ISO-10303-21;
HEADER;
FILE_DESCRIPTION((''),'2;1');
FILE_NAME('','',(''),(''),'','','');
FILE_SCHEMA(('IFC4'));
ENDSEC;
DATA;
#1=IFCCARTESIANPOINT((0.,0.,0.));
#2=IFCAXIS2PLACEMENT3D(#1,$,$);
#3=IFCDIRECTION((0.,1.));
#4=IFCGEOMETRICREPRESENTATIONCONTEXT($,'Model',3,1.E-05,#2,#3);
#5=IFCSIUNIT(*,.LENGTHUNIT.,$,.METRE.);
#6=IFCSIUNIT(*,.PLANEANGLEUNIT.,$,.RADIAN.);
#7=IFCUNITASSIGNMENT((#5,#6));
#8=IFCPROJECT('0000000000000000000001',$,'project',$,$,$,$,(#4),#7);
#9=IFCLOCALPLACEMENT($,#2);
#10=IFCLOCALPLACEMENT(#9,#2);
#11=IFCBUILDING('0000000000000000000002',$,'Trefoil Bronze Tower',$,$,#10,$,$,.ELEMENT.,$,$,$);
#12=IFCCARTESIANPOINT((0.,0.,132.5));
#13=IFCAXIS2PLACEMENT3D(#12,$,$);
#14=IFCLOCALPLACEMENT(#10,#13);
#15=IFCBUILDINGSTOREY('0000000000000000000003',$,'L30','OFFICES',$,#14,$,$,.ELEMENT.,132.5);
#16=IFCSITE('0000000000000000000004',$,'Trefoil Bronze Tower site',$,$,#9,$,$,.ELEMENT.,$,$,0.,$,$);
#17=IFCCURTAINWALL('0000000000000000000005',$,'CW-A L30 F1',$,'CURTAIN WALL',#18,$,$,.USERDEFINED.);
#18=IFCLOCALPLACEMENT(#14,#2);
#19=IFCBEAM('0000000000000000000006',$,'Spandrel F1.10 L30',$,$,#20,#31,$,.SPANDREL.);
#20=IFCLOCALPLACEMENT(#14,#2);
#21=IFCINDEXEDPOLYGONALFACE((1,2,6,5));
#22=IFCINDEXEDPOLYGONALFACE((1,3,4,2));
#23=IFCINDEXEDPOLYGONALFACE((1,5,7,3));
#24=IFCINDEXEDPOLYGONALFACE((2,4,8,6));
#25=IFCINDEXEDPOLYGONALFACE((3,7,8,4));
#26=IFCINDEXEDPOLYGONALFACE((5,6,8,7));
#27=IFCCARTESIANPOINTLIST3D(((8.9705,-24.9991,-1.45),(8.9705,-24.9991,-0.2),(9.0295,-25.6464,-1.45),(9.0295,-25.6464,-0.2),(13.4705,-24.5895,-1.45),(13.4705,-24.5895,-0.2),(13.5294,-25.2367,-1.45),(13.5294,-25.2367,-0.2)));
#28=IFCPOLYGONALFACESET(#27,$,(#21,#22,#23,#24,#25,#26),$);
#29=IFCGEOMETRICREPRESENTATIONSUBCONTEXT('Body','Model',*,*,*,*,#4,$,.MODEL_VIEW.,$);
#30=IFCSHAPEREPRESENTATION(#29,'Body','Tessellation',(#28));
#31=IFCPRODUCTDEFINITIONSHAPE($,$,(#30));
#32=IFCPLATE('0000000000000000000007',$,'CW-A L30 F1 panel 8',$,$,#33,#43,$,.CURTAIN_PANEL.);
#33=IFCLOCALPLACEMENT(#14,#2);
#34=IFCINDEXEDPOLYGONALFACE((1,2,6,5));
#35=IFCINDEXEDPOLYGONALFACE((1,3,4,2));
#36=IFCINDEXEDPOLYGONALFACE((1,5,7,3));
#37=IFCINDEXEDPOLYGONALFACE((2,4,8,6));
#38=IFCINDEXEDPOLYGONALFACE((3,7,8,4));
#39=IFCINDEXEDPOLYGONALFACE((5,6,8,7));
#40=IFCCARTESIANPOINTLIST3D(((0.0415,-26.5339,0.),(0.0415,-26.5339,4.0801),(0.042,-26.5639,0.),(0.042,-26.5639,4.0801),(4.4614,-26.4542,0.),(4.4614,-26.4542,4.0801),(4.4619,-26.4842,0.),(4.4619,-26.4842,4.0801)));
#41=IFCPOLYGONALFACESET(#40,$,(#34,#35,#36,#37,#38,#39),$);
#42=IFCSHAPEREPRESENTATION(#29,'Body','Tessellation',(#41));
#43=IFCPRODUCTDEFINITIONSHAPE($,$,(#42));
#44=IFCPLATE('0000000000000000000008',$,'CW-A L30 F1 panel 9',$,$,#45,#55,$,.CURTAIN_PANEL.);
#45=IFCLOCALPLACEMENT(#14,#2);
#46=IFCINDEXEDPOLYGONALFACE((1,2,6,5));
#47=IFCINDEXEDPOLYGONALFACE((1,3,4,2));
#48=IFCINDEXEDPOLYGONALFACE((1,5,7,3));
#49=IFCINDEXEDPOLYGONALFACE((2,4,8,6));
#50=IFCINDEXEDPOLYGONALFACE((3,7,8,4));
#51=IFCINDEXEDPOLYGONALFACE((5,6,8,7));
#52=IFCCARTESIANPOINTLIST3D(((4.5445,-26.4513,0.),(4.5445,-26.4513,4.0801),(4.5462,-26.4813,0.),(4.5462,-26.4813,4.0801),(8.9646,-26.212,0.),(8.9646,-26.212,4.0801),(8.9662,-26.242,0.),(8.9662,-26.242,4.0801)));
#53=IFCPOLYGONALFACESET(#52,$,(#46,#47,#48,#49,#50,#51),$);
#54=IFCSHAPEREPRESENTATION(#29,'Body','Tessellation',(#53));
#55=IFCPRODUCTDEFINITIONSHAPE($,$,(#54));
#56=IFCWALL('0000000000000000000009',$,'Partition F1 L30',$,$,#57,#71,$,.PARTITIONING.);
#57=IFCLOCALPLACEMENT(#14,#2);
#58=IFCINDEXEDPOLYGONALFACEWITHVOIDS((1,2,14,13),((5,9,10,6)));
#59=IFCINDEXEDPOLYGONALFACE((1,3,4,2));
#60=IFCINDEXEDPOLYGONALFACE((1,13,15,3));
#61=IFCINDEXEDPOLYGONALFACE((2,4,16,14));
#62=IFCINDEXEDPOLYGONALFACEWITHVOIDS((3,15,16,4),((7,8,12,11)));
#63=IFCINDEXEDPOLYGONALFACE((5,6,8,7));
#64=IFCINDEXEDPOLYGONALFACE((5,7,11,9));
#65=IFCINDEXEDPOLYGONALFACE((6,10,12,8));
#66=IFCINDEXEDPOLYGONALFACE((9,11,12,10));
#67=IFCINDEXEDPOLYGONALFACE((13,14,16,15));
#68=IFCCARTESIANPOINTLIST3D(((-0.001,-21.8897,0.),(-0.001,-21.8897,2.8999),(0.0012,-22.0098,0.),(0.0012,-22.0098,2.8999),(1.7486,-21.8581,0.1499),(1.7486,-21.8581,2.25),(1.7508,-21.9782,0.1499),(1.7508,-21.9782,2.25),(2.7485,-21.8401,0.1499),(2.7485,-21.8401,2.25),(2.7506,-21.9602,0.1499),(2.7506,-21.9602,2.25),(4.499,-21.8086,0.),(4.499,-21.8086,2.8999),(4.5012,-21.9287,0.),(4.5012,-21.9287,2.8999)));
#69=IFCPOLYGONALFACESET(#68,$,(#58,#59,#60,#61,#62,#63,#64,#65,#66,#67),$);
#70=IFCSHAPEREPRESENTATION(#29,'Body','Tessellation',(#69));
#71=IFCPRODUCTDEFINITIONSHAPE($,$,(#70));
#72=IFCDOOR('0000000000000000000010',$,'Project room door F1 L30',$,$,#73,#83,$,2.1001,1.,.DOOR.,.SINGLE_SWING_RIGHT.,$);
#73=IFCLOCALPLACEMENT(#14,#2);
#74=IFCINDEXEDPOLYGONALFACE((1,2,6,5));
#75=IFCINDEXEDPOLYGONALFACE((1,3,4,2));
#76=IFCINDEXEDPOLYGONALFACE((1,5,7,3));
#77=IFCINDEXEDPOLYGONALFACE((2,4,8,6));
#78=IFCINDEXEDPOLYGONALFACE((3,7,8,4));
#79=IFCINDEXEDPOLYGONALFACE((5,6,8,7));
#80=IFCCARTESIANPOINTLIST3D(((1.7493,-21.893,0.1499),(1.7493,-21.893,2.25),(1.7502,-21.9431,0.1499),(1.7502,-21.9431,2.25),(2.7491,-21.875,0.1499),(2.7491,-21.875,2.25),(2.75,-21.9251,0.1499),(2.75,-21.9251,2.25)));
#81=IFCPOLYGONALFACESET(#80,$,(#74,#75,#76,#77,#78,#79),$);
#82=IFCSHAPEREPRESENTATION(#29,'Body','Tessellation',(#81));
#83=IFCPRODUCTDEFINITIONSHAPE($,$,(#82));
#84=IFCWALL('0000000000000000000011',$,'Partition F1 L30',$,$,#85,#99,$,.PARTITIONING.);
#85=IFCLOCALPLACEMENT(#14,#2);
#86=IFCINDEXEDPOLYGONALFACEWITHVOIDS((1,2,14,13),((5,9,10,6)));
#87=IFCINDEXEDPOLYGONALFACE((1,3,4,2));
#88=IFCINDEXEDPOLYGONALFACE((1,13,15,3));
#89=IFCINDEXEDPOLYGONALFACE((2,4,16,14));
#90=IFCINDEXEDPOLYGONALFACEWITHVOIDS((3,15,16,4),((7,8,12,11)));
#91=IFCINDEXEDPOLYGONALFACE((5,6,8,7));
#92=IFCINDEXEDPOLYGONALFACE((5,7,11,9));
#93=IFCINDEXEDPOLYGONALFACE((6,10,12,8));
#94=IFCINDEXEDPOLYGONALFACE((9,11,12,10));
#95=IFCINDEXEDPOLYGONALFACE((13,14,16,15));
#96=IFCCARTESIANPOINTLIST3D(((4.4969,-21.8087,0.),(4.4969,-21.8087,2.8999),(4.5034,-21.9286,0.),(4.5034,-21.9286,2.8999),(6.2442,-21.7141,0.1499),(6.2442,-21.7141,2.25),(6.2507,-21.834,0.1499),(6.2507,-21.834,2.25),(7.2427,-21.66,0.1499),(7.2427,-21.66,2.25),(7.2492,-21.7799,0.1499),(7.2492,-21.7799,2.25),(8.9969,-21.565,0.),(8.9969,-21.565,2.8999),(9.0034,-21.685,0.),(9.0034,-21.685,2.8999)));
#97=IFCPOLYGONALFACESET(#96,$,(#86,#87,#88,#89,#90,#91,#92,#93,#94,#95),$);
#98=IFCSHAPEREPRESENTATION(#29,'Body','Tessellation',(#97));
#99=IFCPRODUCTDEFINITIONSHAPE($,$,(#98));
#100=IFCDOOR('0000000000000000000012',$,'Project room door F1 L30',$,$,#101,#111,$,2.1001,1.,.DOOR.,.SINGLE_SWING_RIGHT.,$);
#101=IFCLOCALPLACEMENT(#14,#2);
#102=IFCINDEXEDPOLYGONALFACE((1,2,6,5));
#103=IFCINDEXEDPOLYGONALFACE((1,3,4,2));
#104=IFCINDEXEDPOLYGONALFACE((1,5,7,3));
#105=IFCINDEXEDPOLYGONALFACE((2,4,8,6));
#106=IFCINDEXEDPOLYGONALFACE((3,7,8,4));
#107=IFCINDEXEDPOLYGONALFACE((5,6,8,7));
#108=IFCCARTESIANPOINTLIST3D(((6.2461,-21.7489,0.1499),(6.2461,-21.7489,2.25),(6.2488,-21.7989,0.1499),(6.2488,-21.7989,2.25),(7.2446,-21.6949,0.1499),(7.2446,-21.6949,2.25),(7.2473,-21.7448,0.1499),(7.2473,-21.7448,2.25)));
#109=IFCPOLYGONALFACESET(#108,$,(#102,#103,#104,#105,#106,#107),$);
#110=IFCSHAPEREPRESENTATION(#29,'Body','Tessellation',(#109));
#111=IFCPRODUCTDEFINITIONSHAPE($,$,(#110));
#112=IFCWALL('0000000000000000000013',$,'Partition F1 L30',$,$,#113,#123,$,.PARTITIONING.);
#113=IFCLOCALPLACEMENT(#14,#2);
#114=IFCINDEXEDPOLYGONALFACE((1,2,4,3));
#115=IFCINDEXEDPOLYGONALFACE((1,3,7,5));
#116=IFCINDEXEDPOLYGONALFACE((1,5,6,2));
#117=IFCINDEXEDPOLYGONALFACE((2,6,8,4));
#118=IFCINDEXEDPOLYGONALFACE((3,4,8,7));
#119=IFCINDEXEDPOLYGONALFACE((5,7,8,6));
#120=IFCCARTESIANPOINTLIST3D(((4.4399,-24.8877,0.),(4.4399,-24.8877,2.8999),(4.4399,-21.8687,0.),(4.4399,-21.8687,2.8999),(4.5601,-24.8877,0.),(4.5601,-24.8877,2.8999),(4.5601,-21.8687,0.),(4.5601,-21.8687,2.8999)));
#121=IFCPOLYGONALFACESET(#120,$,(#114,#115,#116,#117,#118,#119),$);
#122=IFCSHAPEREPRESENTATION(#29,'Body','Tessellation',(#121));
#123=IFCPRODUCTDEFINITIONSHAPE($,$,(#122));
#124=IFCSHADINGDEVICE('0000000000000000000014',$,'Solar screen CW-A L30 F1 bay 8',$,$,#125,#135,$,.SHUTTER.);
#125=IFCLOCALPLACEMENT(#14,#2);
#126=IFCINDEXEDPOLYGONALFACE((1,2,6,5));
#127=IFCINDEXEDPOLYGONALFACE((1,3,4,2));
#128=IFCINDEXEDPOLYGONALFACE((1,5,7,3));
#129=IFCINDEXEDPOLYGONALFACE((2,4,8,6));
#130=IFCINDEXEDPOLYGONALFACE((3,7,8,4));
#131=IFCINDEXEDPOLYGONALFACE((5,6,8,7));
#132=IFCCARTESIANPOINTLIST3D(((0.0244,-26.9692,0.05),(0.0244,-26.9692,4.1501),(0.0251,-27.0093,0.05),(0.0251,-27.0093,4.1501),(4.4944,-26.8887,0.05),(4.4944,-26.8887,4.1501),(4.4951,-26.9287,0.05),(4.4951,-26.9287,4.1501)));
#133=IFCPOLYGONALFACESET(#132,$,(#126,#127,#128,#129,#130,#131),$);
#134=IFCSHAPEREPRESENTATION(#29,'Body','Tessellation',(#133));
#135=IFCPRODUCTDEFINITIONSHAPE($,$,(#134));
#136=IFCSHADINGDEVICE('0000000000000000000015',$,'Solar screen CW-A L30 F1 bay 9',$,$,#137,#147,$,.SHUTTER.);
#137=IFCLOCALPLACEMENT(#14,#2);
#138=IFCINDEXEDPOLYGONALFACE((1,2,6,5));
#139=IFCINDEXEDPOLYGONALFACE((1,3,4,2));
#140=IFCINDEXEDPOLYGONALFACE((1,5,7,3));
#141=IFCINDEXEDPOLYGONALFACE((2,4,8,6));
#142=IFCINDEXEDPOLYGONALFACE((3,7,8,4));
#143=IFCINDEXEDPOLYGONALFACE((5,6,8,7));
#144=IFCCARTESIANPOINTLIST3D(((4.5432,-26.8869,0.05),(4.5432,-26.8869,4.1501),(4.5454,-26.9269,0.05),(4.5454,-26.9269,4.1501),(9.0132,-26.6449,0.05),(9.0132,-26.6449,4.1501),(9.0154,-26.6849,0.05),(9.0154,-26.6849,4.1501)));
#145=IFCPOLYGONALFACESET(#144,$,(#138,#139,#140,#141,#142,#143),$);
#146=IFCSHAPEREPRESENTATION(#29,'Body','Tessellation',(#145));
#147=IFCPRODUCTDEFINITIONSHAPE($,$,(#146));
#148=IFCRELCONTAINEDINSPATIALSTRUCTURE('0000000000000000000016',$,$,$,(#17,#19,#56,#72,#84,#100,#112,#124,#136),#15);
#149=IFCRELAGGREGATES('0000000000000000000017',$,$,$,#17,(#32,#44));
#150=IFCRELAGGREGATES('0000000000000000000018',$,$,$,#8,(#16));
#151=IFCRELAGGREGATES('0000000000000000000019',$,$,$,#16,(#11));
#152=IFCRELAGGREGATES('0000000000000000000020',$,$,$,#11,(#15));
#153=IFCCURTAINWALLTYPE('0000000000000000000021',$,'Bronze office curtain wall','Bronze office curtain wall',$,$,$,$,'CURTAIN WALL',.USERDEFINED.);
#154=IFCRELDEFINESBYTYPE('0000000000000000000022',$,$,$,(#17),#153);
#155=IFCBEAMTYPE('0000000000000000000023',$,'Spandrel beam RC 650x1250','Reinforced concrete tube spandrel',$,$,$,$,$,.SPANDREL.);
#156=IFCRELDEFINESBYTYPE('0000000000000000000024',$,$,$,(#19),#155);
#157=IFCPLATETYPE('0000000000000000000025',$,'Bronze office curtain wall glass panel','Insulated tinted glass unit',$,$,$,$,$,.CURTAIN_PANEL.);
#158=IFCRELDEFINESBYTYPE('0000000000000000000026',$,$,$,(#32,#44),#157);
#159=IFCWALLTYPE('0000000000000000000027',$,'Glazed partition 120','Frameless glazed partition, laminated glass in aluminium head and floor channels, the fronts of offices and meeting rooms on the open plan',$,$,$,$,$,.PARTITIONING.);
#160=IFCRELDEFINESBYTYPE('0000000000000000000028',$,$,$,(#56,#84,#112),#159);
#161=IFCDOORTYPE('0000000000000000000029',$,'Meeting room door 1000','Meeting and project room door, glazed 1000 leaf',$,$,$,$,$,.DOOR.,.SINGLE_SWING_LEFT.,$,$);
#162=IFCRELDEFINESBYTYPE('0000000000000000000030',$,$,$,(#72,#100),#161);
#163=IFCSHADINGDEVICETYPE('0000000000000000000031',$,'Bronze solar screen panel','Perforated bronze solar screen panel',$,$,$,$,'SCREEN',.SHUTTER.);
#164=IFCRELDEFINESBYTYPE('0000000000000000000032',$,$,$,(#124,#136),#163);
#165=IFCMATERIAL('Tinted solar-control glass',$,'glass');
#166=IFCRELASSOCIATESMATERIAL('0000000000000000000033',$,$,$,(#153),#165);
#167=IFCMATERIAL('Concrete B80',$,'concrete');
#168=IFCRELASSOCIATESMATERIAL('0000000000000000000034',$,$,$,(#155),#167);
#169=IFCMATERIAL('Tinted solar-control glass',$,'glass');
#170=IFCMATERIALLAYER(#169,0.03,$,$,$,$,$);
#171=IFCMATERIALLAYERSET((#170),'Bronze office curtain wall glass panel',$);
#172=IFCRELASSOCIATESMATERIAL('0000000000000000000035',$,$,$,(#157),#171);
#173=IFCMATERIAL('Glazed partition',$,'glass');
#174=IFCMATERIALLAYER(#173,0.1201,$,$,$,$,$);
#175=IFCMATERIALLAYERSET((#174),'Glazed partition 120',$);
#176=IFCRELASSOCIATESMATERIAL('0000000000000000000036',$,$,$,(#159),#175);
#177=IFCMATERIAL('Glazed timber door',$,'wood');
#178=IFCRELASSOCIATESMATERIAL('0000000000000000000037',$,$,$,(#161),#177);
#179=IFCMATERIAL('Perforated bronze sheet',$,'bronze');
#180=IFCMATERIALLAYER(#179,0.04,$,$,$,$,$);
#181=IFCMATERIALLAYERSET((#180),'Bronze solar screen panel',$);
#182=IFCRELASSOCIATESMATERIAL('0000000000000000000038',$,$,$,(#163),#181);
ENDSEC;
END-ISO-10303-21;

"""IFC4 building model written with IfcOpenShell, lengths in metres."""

from ifc_helpers import new_model, si_unit, direction, frame, frame_2d, origin, origin_2d, place, context, subcontext, project, spatial, rectangle, extrude, material, layer, layer_set, material_profile, profile_set, type_object, element, fill, aggregate, save


model = new_model("IFC4")

# Units and contexts
model_context = context("Model", 3, precision=1e-05, world=origin(), true_north=direction((0.0, 1.0)))
body_context = subcontext(model_context, "Body", "Model", "MODEL_VIEW")
ifc_project = project(units=[si_unit("LENGTHUNIT", "METRE"), si_unit("PLANEANGLEUNIT", "RADIAN")], contexts=[model_context])

# Site, building, storey
site_placement = place(None, origin())
site = spatial("IfcSite", under=ifc_project, at=site_placement, Name="Trefoil Bronze Tower site", CompositionType="ELEMENT", RefElevation=0.0)
building_placement = place(site_placement, origin())
building = spatial("IfcBuilding", under=site, at=building_placement, Name="Trefoil Bronze Tower", CompositionType="ELEMENT")
storey_placement = place(building_placement, frame((0.0, 0.0, 132.5)))
storey = spatial("IfcBuildingStorey", under=building, at=storey_placement, Name="L30", Description="OFFICES", CompositionType="ELEMENT", Elevation=132.5)

# Curtain wall
ifc_material_1 = material(Name="Tinted solar-control glass", Category="glass")
curtain_wall_type = type_object("IfcCurtainWallType", Name="Bronze office curtain wall", Description="Bronze office curtain wall", ElementType="CURTAIN WALL", PredefinedType="USERDEFINED", material=ifc_material_1)
curtain_wall_placement = place(storey_placement, origin())
curtain_wall = element("IfcCurtainWall", 1, at=curtain_wall_placement, inside=storey, type_object=curtain_wall_type, Name="CW-A L30 F1", ObjectType="CURTAIN WALL", PredefinedType="USERDEFINED")

# Beam
ifc_material_2 = material(Name="Concrete B80", Category="concrete")
ifc_material_profile_1 = material_profile(ifc_material_2, rectangle(XDim=0.6499, YDim=1.25, at=origin_2d()), Name="RC 650x1250")
ifc_profile_set_1 = profile_set([ifc_material_profile_1], Name="Concrete B80")
beam_type_1 = type_object("IfcBeamType", Name="Spandrel beam RC 650x1250", Description="Reinforced concrete tube spandrel", PredefinedType="SPANDREL", material=ifc_profile_set_1)
beam_1_placement = place(storey_placement, frame((9.0, -25.3228, -0.825), z_axis=(0.995882, 0.090662, 0.0), x_axis=(-0.090662, 0.995882, 0.0)))
element("IfcBeam", 2, at=beam_1_placement, inside=storey, type_object=beam_type_1, Name="Spandrel F1.10 L30", PredefinedType="SPANDREL", context=body_context, shape_type="SweptSolid", body=[
    extrude(rectangle(XDim=0.6499, YDim=1.25, at=origin_2d()), origin(), (0.0, 0.0, 1.0), 4.5186),
])

# Plates
ifc_material_3 = material(Name="Tinted solar-control glass", Category="glass")
ifc_layer_1 = layer(ifc_material_3, 0.03)
ifc_layer_set_1 = layer_set([ifc_layer_1], Name="Bronze office curtain wall glass panel")
plate_type = type_object("IfcPlateType", Name="Bronze office curtain wall glass panel", Description="Insulated tinted glass unit", PredefinedType="CURTAIN_PANEL", material=ifc_layer_set_1)
plate_1_placement = place(storey_placement, frame((2.2517, -26.509, 0.0), z_axis=(0.0, 0.0, 1.0), x_axis=(0.999838, 0.018021, 0.0)))
plate_1 = element("IfcPlate", 3, at=plate_1_placement, type_object=plate_type, Name="CW-A L30 F1 panel 8", PredefinedType="CURTAIN_PANEL", context=body_context, shape_type="SweptSolid", body=[
    extrude(rectangle(XDim=4.4207, YDim=0.03, at=origin_2d()), origin(), (0.0, 0.0, 1.0), 4.0801),
])
plate_2_placement = place(storey_placement, frame((6.7554, -26.3467, 0.0), z_axis=(0.0, 0.0, 1.0), x_axis=(0.998538, 0.054063, 0.0)))
plate_2 = element("IfcPlate", 4, at=plate_2_placement, type_object=plate_type, Name="CW-A L30 F1 panel 9", PredefinedType="CURTAIN_PANEL", context=body_context, shape_type="SweptSolid", body=[
    extrude(rectangle(XDim=4.4265, YDim=0.03, at=origin_2d()), origin(), (0.0, 0.0, 1.0), 4.0801),
])
aggregate(curtain_wall, [plate_1, plate_2])

# Walls, openings, doors
ifc_material_4 = material(Name="Glazed partition", Category="glass")
ifc_layer_2 = layer(ifc_material_4, 0.1201)
ifc_layer_set_2 = layer_set([ifc_layer_2], Name="Glazed partition 120")
wall_type = type_object("IfcWallType", Name="Glazed partition 120", Description="Frameless glazed partition, laminated glass in aluminium head and floor channels, the fronts of offices and meeting rooms on the open plan", PredefinedType="PARTITIONING", material=ifc_layer_set_2)
wall_1_placement = place(storey_placement, frame((0.0, -21.9497, 0.0), z_axis=(0.0, 0.0, 1.0), x_axis=(0.999838, 0.018009, 0.0)))
wall_1 = element("IfcWall", 5, at=wall_1_placement, inside=storey, type_object=wall_type, Name="Partition F1 L30", PredefinedType="PARTITIONING", context=body_context, shape_type="SweptSolid", body=[
    extrude(rectangle(XDim=4.5007, YDim=0.1201, at=frame_2d((2.2505, 0.0))), origin(), (0.0, 0.0, 1.0), 2.8999),
])
opening_1_placement = place(wall_1_placement, frame((1.75, 0.0, 0.1499)))
opening_1 = element("IfcOpeningElement", 6, at=opening_1_placement, cuts=wall_1, PredefinedType="OPENING", context=body_context, shape_type="SweptSolid", body=[
    extrude(rectangle(XDim=1.0, YDim=2.1001, at=frame_2d((0.5, 1.05))), frame((0.0, 0.0701, 0.0), z_axis=(0.0, -1.0, 0.0), x_axis=(1.0, 0.0, 0.0)), (0.0, 0.0, 1.0), 0.1401),
])
ifc_material_5 = material(Name="Glazed timber door", Category="wood")
door_type = type_object("IfcDoorType", Name="Meeting room door 1000", Description="Meeting and project room door, glazed 1000 leaf", OperationType="SINGLE_SWING_LEFT", PredefinedType="DOOR", material=ifc_material_5)
door_1_placement = place(opening_1_placement, frame((1.0, 0.0, 0.0), z_axis=(0.0, 0.0, 1.0), x_axis=(-1.0, 0.0, 0.0)))
door_1 = element("IfcDoor", 7, at=door_1_placement, inside=storey, type_object=door_type, Name="Project room door F1 L30", OperationType="SINGLE_SWING_RIGHT", OverallHeight=2.1001, OverallWidth=1.0, PredefinedType="DOOR", context=body_context, shape_type="SweptSolid", body=[
    extrude(rectangle(XDim=1.0, YDim=2.1001, at=frame_2d((0.5, 1.05))), frame((0.0, 0.0249, 0.0), z_axis=(0.0, -1.0, 0.0), x_axis=(1.0, 0.0, 0.0)), (0.0, 0.0, 1.0), 0.05),
])
fill(opening_1, door_1)
wall_2_placement = place(storey_placement, frame((4.5, -21.8687, 0.0), z_axis=(0.0, 0.0, 1.0), x_axis=(0.998537, 0.054066, 0.0)))
wall_2 = element("IfcWall", 8, at=wall_2_placement, inside=storey, type_object=wall_type, Name="Partition F1 L30", PredefinedType="PARTITIONING", context=body_context, shape_type="SweptSolid", body=[
    extrude(rectangle(XDim=4.5066, YDim=0.1201, at=frame_2d((2.2534, 0.0))), origin(), (0.0, 0.0, 1.0), 2.8999),
])
opening_2_placement = place(wall_2_placement, frame((1.75, 0.0, 0.1499)))
opening_2 = element("IfcOpeningElement", 9, at=opening_2_placement, cuts=wall_2, PredefinedType="OPENING", context=body_context, shape_type="SweptSolid", body=[
    extrude(rectangle(XDim=1.0, YDim=2.1001, at=frame_2d((0.5, 1.05))), frame((0.0, 0.0701, 0.0), z_axis=(0.0, -1.0, 0.0), x_axis=(1.0, 0.0, 0.0)), (0.0, 0.0, 1.0), 0.1401),
])
door_2_placement = place(opening_2_placement, frame((1.0, 0.0, 0.0), z_axis=(0.0, 0.0, 1.0), x_axis=(-1.0, 0.0, 0.0)))
door_2 = element("IfcDoor", 10, at=door_2_placement, inside=storey, type_object=door_type, Name="Project room door F1 L30", OperationType="SINGLE_SWING_RIGHT", OverallHeight=2.1001, OverallWidth=1.0, PredefinedType="DOOR", context=body_context, shape_type="SweptSolid", body=[
    extrude(rectangle(XDim=1.0, YDim=2.1001, at=frame_2d((0.5, 1.05))), frame((0.0, 0.0249, 0.0), z_axis=(0.0, -1.0, 0.0), x_axis=(1.0, 0.0, 0.0)), (0.0, 0.0, 1.0), 0.05),
])
fill(opening_2, door_2)

# Wall
wall_3_placement = place(storey_placement, frame((4.5, -21.8687, 0.0), z_axis=(0.0, 0.0, 1.0), x_axis=(0.0, -1.0, 0.0)))
element("IfcWall", 11, at=wall_3_placement, inside=storey, type_object=wall_type, Name="Partition F1 L30", PredefinedType="PARTITIONING", context=body_context, shape_type="SweptSolid", body=[
    extrude(rectangle(XDim=3.019, YDim=0.1201, at=frame_2d((1.5095, 0.0))), origin(), (0.0, 0.0, 1.0), 2.8999),
])

# Shading devices
ifc_material_6 = material(Name="Perforated bronze sheet", Category="bronze")
ifc_layer_3 = layer(ifc_material_6, 0.04)
ifc_layer_set_3 = layer_set([ifc_layer_3], Name="Bronze solar screen panel")
shading_device_type = type_object("IfcShadingDeviceType", Name="Bronze solar screen panel", Description="Perforated bronze solar screen panel", ElementType="SCREEN", PredefinedType="SHUTTER", material=ifc_layer_set_3)
shading_device_1_placement = place(storey_placement, frame((2.2598, -26.949, 0.05), z_axis=(0.0, 0.0, 1.0), x_axis=(0.999838, 0.018021, 0.0)))
element("IfcShadingDevice", 12, at=shading_device_1_placement, inside=storey, type_object=shading_device_type, Name="Solar screen CW-A L30 F1 bay 8", PredefinedType="SHUTTER", context=body_context, shape_type="SweptSolid", body=[
    extrude(rectangle(XDim=4.4707, YDim=0.04, at=origin_2d()), origin(), (0.0, 0.0, 1.0), 4.1001),
])
shading_device_2_placement = place(storey_placement, frame((6.7793, -26.7859, 0.05), z_axis=(0.0, 0.0, 1.0), x_axis=(0.998538, 0.054063, 0.0)))
element("IfcShadingDevice", 13, at=shading_device_2_placement, inside=storey, type_object=shading_device_type, Name="Solar screen CW-A L30 F1 bay 9", PredefinedType="SHUTTER", context=body_context, shape_type="SweptSolid", body=[
    extrude(rectangle(XDim=4.4766, YDim=0.04, at=origin_2d()), origin(), (0.0, 0.0, 1.0), 4.1001),
])

save(model, "model.ifc")
